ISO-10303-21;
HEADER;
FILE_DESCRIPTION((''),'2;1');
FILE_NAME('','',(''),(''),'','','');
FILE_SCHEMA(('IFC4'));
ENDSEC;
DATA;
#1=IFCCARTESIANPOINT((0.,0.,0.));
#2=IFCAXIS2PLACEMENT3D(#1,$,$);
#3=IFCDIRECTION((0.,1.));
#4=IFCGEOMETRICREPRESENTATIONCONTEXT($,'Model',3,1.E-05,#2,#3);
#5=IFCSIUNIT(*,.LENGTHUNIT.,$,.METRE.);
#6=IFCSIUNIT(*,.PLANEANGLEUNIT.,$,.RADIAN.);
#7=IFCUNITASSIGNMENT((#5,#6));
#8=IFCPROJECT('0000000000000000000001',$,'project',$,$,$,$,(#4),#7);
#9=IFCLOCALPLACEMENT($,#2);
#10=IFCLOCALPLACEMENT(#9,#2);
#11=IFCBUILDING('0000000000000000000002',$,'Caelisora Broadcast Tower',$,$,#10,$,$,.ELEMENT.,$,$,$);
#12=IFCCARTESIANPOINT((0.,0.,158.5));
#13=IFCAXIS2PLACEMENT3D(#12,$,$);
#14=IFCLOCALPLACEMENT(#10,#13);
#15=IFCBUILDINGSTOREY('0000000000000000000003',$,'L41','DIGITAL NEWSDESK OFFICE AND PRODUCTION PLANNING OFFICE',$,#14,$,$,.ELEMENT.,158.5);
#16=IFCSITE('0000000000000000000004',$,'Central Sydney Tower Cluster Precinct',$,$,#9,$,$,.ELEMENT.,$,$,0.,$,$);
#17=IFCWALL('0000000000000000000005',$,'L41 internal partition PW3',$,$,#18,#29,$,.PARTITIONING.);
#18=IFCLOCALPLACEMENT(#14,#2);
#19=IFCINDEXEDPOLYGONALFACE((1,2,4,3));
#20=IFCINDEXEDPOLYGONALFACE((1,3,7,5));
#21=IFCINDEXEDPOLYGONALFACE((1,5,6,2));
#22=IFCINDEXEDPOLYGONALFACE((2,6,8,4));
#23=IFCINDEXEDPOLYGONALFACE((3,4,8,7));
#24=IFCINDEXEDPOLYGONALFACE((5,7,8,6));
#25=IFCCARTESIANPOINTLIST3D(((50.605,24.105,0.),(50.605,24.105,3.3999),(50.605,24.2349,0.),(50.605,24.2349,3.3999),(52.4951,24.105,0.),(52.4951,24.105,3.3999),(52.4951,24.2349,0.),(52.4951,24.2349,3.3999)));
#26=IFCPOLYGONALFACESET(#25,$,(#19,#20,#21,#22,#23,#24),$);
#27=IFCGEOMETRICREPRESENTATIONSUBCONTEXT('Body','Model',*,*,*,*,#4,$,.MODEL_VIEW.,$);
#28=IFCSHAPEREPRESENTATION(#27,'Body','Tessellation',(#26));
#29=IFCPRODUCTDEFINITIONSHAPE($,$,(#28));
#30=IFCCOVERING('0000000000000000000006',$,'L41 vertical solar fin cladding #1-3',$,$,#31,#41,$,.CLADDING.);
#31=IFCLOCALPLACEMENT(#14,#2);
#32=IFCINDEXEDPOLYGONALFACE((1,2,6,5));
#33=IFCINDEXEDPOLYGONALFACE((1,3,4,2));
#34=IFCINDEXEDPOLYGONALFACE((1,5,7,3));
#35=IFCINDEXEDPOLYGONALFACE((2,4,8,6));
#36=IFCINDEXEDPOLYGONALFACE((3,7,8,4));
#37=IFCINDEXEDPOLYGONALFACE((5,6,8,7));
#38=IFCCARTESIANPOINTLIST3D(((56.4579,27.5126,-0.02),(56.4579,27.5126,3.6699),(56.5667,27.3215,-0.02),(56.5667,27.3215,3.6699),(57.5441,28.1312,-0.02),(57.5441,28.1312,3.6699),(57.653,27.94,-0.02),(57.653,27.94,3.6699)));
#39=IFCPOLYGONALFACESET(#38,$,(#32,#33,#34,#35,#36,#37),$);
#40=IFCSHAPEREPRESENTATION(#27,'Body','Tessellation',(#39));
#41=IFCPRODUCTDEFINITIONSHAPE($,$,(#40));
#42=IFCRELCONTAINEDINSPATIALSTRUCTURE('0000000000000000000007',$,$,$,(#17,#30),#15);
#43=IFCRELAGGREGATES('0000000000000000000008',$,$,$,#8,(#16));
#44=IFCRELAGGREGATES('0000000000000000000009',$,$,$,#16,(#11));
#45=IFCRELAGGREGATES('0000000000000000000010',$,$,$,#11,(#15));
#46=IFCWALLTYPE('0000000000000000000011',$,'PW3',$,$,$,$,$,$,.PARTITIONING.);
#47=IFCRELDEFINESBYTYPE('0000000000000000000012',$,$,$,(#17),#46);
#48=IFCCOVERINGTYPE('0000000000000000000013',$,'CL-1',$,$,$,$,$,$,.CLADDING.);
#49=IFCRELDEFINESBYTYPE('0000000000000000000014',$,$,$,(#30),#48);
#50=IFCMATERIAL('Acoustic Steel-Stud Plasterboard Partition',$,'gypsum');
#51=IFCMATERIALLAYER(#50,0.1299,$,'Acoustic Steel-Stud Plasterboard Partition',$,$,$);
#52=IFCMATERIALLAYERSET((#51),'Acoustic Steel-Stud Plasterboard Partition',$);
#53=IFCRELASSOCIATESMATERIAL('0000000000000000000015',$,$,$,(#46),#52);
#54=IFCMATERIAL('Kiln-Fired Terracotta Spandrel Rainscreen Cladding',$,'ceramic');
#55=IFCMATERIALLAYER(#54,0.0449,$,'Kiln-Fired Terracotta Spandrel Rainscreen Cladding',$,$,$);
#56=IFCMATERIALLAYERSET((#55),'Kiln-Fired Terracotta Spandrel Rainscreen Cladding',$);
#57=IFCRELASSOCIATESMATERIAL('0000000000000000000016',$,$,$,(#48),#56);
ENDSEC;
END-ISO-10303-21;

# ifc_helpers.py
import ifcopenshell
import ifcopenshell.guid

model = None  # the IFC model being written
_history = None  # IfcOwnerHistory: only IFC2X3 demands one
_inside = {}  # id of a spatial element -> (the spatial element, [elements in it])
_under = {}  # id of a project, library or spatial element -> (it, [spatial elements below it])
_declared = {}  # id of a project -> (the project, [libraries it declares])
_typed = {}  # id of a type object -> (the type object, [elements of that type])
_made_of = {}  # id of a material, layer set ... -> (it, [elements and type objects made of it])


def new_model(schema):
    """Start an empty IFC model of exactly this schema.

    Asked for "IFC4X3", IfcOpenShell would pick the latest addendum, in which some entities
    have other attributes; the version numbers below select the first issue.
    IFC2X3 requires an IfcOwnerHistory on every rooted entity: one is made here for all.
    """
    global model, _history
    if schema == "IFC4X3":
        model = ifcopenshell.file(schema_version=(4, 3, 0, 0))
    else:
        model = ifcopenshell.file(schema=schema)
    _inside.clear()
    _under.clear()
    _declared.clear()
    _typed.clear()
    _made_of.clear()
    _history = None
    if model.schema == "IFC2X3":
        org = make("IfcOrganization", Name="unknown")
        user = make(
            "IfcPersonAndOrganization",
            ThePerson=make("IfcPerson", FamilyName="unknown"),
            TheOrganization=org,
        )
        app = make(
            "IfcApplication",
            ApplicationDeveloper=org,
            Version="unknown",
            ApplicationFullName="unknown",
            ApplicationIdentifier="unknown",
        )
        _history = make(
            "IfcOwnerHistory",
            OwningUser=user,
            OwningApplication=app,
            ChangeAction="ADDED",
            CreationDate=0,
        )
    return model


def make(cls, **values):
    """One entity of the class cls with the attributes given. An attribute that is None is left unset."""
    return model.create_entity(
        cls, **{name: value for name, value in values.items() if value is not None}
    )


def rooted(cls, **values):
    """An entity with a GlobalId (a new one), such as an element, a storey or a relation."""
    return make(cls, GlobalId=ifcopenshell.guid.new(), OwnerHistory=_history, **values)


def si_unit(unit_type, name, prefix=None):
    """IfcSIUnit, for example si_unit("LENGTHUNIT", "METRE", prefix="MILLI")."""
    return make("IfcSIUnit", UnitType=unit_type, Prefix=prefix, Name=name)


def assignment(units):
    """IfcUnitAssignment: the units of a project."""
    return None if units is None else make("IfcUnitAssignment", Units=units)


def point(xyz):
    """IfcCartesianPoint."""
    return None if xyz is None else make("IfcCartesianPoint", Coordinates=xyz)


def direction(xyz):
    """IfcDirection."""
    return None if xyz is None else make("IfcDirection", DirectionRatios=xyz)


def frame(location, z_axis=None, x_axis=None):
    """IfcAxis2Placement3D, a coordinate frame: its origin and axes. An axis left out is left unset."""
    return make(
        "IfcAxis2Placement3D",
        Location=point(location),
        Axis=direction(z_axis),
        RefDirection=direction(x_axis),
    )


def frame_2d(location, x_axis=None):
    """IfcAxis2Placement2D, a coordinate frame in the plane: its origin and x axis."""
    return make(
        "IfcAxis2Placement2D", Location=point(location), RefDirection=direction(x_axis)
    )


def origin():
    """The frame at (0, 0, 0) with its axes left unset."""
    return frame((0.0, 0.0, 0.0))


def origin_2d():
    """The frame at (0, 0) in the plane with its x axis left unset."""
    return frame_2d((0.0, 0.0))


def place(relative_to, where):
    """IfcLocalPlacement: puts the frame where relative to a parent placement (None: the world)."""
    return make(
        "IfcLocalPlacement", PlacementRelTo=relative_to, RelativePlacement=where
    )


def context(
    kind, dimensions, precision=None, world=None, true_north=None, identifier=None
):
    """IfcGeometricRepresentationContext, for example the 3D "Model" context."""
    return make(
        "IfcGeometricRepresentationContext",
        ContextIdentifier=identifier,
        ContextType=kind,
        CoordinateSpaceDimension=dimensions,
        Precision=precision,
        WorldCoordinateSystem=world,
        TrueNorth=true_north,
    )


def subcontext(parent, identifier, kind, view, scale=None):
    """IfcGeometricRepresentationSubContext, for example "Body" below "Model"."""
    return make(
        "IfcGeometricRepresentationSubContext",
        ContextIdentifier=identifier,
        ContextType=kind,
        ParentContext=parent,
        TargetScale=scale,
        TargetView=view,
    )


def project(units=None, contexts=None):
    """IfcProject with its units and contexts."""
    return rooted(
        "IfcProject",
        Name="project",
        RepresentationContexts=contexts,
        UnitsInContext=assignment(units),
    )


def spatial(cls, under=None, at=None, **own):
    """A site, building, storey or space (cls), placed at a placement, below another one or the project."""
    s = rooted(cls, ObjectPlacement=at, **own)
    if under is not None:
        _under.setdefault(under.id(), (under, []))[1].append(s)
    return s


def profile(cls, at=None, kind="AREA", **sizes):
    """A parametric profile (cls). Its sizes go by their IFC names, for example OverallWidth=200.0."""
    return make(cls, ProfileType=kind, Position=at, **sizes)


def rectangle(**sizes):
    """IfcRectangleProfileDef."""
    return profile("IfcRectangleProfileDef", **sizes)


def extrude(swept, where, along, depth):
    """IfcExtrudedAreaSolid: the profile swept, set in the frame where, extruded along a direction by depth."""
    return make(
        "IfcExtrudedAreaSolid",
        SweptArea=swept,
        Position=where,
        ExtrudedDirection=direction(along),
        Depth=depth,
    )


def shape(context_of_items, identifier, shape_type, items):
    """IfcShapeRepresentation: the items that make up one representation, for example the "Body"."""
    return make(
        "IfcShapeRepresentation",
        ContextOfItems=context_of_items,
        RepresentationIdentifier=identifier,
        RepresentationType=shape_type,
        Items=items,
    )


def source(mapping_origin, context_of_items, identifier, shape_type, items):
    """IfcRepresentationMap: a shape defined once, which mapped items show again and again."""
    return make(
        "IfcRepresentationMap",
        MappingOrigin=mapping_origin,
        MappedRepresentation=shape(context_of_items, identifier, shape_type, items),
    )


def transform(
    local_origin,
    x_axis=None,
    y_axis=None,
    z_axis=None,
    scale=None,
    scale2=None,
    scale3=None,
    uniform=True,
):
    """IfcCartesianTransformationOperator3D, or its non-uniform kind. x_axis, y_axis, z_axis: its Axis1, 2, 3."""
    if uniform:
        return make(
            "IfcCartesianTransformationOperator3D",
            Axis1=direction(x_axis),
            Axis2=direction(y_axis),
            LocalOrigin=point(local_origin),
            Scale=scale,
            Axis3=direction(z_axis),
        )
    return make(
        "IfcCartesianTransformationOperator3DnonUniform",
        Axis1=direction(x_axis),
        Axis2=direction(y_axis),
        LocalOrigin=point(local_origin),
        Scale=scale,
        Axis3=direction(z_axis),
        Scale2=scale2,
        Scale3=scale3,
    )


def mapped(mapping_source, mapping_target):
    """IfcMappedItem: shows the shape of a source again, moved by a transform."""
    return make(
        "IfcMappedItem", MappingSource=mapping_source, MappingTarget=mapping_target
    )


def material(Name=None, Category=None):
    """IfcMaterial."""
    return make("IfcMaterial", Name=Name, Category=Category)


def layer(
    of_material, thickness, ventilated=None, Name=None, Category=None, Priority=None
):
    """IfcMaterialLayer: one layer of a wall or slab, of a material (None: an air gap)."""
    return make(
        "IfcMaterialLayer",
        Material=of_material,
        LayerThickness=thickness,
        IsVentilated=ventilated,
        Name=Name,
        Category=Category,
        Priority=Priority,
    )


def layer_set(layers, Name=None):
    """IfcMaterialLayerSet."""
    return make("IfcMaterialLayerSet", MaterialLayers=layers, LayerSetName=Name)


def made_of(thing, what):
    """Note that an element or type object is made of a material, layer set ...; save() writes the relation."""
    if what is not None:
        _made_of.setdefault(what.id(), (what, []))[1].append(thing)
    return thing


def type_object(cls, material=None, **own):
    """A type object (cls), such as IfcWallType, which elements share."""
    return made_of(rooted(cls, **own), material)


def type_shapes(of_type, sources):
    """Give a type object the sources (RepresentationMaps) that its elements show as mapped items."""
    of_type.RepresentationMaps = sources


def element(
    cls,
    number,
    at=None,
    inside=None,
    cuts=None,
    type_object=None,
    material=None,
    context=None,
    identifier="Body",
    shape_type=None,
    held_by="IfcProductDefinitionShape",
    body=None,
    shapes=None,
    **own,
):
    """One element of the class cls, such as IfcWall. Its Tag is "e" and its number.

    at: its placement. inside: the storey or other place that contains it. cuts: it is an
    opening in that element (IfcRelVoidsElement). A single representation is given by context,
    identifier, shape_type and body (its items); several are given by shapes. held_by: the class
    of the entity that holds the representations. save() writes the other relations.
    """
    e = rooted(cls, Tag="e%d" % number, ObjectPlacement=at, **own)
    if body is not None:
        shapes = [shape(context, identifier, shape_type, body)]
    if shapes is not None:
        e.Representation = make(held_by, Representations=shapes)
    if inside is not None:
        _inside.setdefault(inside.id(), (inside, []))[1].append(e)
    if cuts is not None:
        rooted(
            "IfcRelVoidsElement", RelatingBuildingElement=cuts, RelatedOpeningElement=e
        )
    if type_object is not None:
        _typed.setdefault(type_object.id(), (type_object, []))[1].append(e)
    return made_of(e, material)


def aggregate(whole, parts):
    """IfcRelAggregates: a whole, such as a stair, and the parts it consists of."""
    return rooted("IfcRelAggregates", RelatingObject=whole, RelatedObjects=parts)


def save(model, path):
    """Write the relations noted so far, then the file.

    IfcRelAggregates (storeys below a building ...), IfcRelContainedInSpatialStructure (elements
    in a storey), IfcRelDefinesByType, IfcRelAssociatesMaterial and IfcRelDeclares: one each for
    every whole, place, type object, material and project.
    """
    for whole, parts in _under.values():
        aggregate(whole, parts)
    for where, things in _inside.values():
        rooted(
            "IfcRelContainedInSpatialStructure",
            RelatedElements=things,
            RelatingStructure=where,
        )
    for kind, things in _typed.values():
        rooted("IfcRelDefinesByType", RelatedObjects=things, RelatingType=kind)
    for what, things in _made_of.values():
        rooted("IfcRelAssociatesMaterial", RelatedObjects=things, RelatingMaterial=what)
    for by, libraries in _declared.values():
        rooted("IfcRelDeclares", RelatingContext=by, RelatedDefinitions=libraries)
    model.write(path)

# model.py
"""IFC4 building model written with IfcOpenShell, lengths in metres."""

from ifc_helpers import new_model, si_unit, direction, frame, frame_2d, origin, origin_2d, place, context, subcontext, project, spatial, rectangle, extrude, source, transform, mapped, material, layer, layer_set, type_object, type_shapes, element, save


model = new_model("IFC4")

# Units and contexts
model_context = context("Model", 3, precision=1e-05, world=origin(), true_north=direction((0.0, 1.0)))
body_context = subcontext(model_context, "Body", "Model", "MODEL_VIEW")
ifc_project = project(units=[si_unit("LENGTHUNIT", "METRE"), si_unit("PLANEANGLEUNIT", "RADIAN")], contexts=[model_context])

# Site, building, storey
site_placement = place(None, origin())
site = spatial("IfcSite", under=ifc_project, at=site_placement, Name="Central Sydney Tower Cluster Precinct", CompositionType="ELEMENT", RefElevation=0.0)
building_placement = place(site_placement, origin())
building = spatial("IfcBuilding", under=site, at=building_placement, Name="Caelisora Broadcast Tower", CompositionType="ELEMENT")
storey_placement = place(building_placement, frame((0.0, 0.0, 158.5)))
storey = spatial("IfcBuildingStorey", under=building, at=storey_placement, Name="L41", Description="DIGITAL NEWSDESK OFFICE AND PRODUCTION PLANNING OFFICE", CompositionType="ELEMENT", Elevation=158.5)

# Shared definitions
ifc_material_1 = material(Name="Acoustic Steel-Stud Plasterboard Partition", Category="gypsum")
ifc_layer_1 = layer(ifc_material_1, 0.1299, Name="Acoustic Steel-Stud Plasterboard Partition")
ifc_layer_set_1 = layer_set([ifc_layer_1], Name="Acoustic Steel-Stud Plasterboard Partition")
wall_type = type_object("IfcWallType", Name="PW3", PredefinedType="PARTITIONING", material=ifc_layer_set_1)

# Wall
for number, where, z_axis, x_axis, name in (
    (1, (50.605, 24.1699, 0.0), (0.0, 0.0, 1.0), (1.0, 0.0, 0.0), "L41 internal partition PW3"),
):
    element("IfcWall", number, at=place(storey_placement, frame(where, z_axis=z_axis, x_axis=x_axis)), inside=storey, type_object=wall_type, Name=name, PredefinedType="PARTITIONING", context=body_context, shape_type="SweptSolid", body=[
        extrude(rectangle(XDim=1.8901, YDim=0.1299, at=frame_2d((0.9451, 0.0))), origin(), (0.0, 0.0, 1.0), 3.3999),
    ])

# Covering
ifc_material_2 = material(Name="Kiln-Fired Terracotta Spandrel Rainscreen Cladding", Category="ceramic")
ifc_layer_2 = layer(ifc_material_2, 0.0449, Name="Kiln-Fired Terracotta Spandrel Rainscreen Cladding")
ifc_layer_set_2 = layer_set([ifc_layer_2], Name="Kiln-Fired Terracotta Spandrel Rainscreen Cladding")
covering_type = type_object("IfcCoveringType", Name="CL-1", PredefinedType="CLADDING", material=ifc_layer_set_2)
shared_shape_1 = source(origin(), body_context, "Body", "SweptSolid", [
    extrude(rectangle(XDim=0.22, YDim=1.25, at=origin_2d()), origin(), (0.0, 0.0, 1.0), 3.6899),
])
type_shapes(covering_type, [shared_shape_1])
covering_placement = place(storey_placement, frame((57.0554, 27.7263, -0.02), z_axis=(0.0, 0.0, 1.0), x_axis=(0.494852, -0.868977, 0.0)))
element("IfcCovering", 2, at=covering_placement, inside=storey, type_object=covering_type, Name="L41 vertical solar fin cladding #1-3", PredefinedType="CLADDING", context=body_context, shape_type="MappedRepresentation", body=[
    mapped(shared_shape_1, transform((0.0, 0.0, 0.0), scale=1.0)),
])

save(model, "model.ifc")
